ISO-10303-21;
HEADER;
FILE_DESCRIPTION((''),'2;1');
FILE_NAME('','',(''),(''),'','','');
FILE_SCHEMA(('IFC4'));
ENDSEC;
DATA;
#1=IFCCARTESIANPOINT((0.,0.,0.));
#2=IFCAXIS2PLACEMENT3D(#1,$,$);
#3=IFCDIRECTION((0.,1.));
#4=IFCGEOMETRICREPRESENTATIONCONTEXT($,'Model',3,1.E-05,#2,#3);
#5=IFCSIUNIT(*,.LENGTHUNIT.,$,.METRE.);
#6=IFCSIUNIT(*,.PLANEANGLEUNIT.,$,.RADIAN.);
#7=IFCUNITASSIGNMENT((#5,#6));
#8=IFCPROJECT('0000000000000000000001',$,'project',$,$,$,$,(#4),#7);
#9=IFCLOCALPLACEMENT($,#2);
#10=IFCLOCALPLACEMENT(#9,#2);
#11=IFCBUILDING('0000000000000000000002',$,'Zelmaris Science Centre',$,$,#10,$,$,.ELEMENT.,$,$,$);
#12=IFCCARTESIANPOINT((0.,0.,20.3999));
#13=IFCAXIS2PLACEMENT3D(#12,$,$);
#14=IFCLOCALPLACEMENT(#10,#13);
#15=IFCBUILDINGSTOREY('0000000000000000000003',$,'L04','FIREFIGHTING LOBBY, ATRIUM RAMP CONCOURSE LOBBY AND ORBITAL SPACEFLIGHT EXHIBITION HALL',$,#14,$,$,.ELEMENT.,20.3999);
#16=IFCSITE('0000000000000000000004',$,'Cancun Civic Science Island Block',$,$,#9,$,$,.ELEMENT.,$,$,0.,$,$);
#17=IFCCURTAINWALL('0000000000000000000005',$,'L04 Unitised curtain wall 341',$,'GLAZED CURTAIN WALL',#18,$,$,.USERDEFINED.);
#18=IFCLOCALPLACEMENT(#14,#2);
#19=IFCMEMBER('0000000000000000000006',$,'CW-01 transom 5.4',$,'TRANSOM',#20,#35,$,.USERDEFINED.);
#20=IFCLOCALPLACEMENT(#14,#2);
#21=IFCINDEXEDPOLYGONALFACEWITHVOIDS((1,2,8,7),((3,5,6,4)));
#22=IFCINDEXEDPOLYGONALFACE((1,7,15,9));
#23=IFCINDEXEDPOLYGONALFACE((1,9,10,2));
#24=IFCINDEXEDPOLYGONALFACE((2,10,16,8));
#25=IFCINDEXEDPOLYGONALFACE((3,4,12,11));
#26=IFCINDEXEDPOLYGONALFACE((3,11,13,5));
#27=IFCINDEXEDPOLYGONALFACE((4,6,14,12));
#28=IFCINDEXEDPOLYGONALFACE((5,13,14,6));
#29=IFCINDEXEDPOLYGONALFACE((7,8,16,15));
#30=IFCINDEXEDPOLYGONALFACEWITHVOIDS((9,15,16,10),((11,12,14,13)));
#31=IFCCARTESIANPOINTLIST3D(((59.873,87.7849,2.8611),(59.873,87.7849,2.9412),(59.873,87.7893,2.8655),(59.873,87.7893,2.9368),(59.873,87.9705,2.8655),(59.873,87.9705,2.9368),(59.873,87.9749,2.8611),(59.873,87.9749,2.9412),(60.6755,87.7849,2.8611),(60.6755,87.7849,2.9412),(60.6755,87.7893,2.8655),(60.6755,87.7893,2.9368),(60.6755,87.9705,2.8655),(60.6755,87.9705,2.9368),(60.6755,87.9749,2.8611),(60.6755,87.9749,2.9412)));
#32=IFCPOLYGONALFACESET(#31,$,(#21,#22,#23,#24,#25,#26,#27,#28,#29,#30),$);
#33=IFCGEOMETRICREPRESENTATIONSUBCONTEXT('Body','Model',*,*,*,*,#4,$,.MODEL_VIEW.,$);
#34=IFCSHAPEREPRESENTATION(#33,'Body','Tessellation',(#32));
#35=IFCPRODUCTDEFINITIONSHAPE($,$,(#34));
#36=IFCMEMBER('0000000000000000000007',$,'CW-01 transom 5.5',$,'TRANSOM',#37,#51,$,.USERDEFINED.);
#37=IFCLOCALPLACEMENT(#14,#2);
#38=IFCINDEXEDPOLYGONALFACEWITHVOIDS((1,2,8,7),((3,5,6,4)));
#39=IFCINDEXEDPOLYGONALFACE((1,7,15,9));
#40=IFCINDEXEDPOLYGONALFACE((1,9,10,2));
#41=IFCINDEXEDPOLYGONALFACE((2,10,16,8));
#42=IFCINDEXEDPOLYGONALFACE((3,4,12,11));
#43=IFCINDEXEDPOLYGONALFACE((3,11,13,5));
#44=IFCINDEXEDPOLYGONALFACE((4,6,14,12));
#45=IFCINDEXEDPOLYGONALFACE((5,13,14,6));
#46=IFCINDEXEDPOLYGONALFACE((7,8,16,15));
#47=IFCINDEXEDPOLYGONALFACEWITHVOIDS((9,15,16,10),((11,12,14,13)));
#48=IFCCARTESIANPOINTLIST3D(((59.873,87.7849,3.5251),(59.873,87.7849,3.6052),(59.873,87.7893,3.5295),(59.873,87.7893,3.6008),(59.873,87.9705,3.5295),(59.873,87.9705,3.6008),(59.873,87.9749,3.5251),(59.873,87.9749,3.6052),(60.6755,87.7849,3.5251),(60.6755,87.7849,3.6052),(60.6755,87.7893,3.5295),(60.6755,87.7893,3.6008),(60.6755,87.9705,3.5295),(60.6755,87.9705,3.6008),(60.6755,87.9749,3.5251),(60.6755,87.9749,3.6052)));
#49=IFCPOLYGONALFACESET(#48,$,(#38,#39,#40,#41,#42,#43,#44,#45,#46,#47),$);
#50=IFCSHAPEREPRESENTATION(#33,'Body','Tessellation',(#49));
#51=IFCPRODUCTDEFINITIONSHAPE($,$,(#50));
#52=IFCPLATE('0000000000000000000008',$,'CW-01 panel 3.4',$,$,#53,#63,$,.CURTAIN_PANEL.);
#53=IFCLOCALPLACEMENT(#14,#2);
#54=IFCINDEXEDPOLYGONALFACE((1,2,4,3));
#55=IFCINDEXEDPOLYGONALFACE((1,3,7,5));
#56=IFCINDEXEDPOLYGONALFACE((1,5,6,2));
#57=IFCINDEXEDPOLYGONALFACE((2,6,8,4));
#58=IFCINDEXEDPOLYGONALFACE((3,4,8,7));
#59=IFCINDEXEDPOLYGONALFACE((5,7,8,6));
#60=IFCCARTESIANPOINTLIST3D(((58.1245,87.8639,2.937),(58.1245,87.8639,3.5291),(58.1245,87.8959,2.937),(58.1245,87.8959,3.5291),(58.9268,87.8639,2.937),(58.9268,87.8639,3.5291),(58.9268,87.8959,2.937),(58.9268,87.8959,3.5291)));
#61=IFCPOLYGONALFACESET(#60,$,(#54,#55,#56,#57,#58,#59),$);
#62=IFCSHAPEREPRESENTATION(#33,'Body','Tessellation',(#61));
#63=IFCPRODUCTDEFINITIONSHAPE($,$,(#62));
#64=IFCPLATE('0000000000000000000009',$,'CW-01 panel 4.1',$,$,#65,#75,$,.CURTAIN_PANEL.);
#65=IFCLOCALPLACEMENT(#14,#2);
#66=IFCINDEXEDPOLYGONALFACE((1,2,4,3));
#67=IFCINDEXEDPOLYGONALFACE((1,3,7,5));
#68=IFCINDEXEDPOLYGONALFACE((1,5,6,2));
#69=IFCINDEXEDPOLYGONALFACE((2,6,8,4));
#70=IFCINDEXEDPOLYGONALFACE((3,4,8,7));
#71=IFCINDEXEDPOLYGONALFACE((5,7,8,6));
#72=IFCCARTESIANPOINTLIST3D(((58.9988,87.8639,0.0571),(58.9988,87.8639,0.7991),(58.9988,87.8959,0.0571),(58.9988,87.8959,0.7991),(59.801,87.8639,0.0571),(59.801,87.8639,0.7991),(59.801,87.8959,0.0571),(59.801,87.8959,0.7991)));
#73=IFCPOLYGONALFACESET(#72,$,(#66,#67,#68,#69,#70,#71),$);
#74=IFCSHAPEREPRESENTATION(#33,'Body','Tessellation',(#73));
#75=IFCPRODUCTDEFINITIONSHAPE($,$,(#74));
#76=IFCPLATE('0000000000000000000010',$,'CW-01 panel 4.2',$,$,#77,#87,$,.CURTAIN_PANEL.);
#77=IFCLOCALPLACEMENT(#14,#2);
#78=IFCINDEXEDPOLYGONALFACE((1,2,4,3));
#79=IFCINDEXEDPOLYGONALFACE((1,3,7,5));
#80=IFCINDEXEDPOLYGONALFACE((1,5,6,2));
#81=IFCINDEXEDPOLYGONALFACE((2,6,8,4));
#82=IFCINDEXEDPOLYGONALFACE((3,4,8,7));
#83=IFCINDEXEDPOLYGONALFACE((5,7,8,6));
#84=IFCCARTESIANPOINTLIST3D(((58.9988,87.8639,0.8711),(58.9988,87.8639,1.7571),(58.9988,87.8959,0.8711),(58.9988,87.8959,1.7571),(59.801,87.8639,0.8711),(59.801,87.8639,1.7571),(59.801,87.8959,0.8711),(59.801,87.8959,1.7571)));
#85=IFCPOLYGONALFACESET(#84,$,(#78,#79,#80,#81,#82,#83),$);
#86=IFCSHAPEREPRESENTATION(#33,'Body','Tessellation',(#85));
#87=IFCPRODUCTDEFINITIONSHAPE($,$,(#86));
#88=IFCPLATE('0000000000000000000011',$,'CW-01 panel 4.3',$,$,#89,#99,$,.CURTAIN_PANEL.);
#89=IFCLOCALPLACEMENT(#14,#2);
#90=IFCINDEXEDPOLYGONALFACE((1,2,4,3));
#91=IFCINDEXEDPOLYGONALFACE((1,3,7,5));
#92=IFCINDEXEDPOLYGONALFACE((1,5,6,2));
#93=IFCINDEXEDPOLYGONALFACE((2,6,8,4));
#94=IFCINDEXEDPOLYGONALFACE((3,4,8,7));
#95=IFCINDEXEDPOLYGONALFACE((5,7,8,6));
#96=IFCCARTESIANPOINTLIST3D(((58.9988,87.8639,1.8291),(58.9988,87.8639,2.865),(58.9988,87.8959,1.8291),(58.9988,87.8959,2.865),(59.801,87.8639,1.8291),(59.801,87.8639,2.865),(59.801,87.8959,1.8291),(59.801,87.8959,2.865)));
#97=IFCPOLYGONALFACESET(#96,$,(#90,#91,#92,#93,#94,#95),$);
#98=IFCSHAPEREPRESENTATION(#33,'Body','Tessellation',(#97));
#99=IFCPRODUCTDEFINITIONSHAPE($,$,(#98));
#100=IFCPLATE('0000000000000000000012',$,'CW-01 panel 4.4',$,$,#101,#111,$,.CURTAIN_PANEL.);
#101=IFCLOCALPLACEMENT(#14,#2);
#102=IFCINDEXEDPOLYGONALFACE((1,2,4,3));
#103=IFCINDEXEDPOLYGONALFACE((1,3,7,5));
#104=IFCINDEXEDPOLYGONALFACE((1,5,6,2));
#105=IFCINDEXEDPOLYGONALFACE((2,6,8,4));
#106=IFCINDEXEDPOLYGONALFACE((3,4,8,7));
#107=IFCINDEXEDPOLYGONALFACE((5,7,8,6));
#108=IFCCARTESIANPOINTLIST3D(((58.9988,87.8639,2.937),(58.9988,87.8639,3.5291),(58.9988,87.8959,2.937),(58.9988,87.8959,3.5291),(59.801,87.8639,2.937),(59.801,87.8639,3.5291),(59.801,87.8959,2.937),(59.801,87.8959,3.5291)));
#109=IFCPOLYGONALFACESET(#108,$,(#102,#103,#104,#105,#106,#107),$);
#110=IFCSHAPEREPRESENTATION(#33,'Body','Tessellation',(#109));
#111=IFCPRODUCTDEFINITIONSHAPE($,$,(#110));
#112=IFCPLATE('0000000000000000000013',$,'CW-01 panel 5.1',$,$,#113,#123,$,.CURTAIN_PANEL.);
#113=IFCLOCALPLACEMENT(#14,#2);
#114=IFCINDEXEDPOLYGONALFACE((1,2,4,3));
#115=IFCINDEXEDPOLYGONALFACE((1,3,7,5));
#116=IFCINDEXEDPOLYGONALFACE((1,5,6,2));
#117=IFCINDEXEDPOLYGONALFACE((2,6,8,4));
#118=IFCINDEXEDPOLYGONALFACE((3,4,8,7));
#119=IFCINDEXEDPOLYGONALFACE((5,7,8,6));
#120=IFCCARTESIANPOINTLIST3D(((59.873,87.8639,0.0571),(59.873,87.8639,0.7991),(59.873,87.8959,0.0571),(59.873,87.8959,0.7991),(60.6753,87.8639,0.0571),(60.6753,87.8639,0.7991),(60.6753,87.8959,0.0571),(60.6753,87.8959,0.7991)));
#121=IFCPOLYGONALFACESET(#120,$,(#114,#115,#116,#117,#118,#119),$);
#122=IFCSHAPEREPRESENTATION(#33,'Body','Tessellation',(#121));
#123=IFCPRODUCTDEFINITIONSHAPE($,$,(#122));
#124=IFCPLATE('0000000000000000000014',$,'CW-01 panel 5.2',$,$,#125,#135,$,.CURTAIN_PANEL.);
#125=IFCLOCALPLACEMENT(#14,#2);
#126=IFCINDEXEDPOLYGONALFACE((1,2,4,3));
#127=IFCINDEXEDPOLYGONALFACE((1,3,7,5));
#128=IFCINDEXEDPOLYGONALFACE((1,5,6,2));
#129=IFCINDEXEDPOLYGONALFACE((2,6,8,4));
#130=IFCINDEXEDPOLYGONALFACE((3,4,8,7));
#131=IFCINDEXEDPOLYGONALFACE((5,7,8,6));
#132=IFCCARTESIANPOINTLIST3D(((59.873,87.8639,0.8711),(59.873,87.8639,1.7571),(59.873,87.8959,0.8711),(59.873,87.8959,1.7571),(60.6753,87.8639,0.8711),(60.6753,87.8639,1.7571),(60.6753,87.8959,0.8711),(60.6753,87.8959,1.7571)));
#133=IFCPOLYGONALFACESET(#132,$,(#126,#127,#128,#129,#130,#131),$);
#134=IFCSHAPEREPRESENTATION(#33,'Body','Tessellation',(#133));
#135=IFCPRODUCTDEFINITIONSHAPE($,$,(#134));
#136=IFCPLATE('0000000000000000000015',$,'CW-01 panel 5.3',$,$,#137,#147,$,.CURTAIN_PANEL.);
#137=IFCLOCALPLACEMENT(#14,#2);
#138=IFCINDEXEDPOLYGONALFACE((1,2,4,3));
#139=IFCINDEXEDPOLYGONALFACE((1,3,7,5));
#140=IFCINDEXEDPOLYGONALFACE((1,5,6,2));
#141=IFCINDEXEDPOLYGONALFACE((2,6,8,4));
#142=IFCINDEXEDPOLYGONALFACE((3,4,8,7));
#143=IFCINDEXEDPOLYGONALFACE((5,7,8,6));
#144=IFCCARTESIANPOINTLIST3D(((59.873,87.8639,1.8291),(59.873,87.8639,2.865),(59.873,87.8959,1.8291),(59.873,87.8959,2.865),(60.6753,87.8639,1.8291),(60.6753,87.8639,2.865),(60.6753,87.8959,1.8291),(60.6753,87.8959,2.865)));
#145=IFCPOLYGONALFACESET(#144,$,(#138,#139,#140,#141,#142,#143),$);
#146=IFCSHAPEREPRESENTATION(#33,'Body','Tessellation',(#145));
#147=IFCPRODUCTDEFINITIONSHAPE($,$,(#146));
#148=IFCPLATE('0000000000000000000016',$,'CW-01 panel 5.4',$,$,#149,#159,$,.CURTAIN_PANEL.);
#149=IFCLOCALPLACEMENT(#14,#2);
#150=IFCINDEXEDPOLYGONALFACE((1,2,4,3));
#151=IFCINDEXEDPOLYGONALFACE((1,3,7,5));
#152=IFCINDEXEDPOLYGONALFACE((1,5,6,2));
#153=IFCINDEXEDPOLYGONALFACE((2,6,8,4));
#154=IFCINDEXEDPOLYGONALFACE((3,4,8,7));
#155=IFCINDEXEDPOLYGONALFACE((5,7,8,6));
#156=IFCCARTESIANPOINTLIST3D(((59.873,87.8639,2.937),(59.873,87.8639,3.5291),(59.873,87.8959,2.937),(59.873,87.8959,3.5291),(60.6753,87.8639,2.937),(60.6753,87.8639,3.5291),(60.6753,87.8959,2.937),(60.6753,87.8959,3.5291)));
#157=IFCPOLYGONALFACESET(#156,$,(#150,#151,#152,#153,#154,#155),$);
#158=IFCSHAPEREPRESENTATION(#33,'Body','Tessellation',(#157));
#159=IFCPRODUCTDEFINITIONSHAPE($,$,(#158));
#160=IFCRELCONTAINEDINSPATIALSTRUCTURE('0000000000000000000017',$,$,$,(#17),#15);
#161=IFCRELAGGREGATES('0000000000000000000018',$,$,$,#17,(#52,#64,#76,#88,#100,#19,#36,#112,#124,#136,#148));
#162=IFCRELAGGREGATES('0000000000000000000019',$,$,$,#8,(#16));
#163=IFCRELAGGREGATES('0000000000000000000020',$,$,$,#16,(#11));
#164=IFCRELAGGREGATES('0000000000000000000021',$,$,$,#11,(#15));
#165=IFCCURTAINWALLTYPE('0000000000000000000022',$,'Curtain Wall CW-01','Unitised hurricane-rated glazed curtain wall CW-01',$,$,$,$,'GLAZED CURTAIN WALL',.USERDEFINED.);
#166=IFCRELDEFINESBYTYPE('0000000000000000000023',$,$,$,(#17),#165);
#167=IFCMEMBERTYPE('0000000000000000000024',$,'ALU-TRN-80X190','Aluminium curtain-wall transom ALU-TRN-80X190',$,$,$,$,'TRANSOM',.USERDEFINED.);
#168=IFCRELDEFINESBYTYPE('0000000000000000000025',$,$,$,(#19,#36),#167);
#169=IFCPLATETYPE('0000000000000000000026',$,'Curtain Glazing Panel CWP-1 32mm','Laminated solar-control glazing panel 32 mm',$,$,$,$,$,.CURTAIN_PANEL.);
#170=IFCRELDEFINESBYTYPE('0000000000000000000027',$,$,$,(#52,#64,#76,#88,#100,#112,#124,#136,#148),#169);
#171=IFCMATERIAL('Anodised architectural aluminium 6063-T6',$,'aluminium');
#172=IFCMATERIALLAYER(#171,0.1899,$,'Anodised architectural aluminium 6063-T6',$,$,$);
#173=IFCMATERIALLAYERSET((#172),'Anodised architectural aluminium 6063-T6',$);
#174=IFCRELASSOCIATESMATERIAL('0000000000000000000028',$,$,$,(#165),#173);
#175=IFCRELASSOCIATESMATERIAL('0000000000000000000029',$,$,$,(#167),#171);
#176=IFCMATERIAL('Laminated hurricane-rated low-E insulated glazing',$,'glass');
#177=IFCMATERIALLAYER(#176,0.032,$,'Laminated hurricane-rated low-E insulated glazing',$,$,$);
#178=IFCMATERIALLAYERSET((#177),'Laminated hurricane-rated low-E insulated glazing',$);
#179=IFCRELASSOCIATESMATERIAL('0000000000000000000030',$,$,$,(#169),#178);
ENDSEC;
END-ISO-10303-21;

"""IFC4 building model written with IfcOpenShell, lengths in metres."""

from ifc_helpers import new_model, si_unit, direction, frame, origin, origin_2d, place, context, subcontext, project, spatial, rectangle, hollow_rectangle, extrude, material, layer, layer_set, material_profile, profile_set, type_object, element, aggregate, save


model = new_model("IFC4")

# Units and contexts
model_context = context("Model", 3, precision=1e-05, world=origin(), true_north=direction((0.0, 1.0)))
body_context = subcontext(model_context, "Body", "Model", "MODEL_VIEW")
ifc_project = project(units=[si_unit("LENGTHUNIT", "METRE"), si_unit("PLANEANGLEUNIT", "RADIAN")], contexts=[model_context])

# Site, building, storey
site_placement = place(None, origin())
site = spatial("IfcSite", under=ifc_project, at=site_placement, Name="Cancun Civic Science Island Block", CompositionType="ELEMENT", RefElevation=0.0)
building_placement = place(site_placement, origin())
building = spatial("IfcBuilding", under=site, at=building_placement, Name="Zelmaris Science Centre", CompositionType="ELEMENT")
storey_placement = place(building_placement, frame((0.0, 0.0, 20.3999)))
storey = spatial("IfcBuildingStorey", under=building, at=storey_placement, Name="L04", Description="FIREFIGHTING LOBBY, ATRIUM RAMP CONCOURSE LOBBY AND ORBITAL SPACEFLIGHT EXHIBITION HALL", CompositionType="ELEMENT", Elevation=20.3999)

# Curtain wall, members, plates
ifc_material_1 = material(Name="Anodised architectural aluminium 6063-T6", Category="aluminium")
ifc_layer_1 = layer(ifc_material_1, 0.1899, Name="Anodised architectural aluminium 6063-T6")
ifc_layer_set_1 = layer_set([ifc_layer_1], Name="Anodised architectural aluminium 6063-T6")
curtain_wall_type = type_object("IfcCurtainWallType", Name="Curtain Wall CW-01", Description="Unitised hurricane-rated glazed curtain wall CW-01", ElementType="GLAZED CURTAIN WALL", PredefinedType="USERDEFINED", material=ifc_layer_set_1)
curtain_wall_placement = place(storey_placement, origin())
curtain_wall = element("IfcCurtainWall", 1, at=curtain_wall_placement, inside=storey, type_object=curtain_wall_type, Name="L04 Unitised curtain wall 341", ObjectType="GLAZED CURTAIN WALL", PredefinedType="USERDEFINED")
ifc_material_profile_1 = material_profile(ifc_material_1, hollow_rectangle(XDim=0.0801, YDim=0.1899, WallThickness=0.0044, at=origin_2d()), Name="ALU-TRN-80X190")
ifc_profile_set_1 = profile_set([ifc_material_profile_1], Name="Anodised architectural aluminium 6063-T6")
member_type_1 = type_object("IfcMemberType", Name="ALU-TRN-80X190", Description="Aluminium curtain-wall transom ALU-TRN-80X190", ElementType="TRANSOM", PredefinedType="USERDEFINED", material=ifc_profile_set_1)
member_1_placement = place(storey_placement, frame((59.873, 87.8799, 2.9011), z_axis=(1.0, 0.0, 0.0), x_axis=(0.0, 0.0, 1.0)))
member_1 = element("IfcMember", 2, at=member_1_placement, type_object=member_type_1, Name="CW-01 transom 5.4", ObjectType="TRANSOM", PredefinedType="USERDEFINED", context=body_context, shape_type="SweptSolid", body=[
    extrude(hollow_rectangle(XDim=0.0801, YDim=0.1899, WallThickness=0.0044, at=origin_2d()), origin(), (0.0, 0.0, 1.0), 0.8025),
])
member_2_placement = place(storey_placement, frame((59.873, 87.8799, 3.5652), z_axis=(1.0, 0.0, 0.0), x_axis=(0.0, 0.0, 1.0)))
member_2 = element("IfcMember", 3, at=member_2_placement, type_object=member_type_1, Name="CW-01 transom 5.5", ObjectType="TRANSOM", PredefinedType="USERDEFINED", context=body_context, shape_type="SweptSolid", body=[
    extrude(hollow_rectangle(XDim=0.0801, YDim=0.1899, WallThickness=0.0044, at=origin_2d()), origin(), (0.0, 0.0, 1.0), 0.8025),
])
ifc_material_2 = material(Name="Laminated hurricane-rated low-E insulated glazing", Category="glass")
ifc_layer_2 = layer(ifc_material_2, 0.032, Name="Laminated hurricane-rated low-E insulated glazing")
ifc_layer_set_2 = layer_set([ifc_layer_2], Name="Laminated hurricane-rated low-E insulated glazing")
plate_type = type_object("IfcPlateType", Name="Curtain Glazing Panel CWP-1 32mm", Description="Laminated solar-control glazing panel 32 mm", PredefinedType="CURTAIN_PANEL", material=ifc_layer_set_2)
plate_1_placement = place(storey_placement, frame((58.5256, 87.8799, 2.937), z_axis=(0.0, 0.0, 1.0), x_axis=(1.0, 0.0, 0.0)))
plate_1 = element("IfcPlate", 4, at=plate_1_placement, type_object=plate_type, Name="CW-01 panel 3.4", PredefinedType="CURTAIN_PANEL", context=body_context, shape_type="SweptSolid", body=[
    extrude(rectangle(XDim=0.8022, YDim=0.032, at=origin_2d()), origin(), (0.0, 0.0, 1.0), 0.592),
])
plate_2_placement = place(storey_placement, frame((59.3999, 87.8799, 0.0571), z_axis=(0.0, 0.0, 1.0), x_axis=(1.0, 0.0, 0.0)))
plate_2 = element("IfcPlate", 5, at=plate_2_placement, type_object=plate_type, Name="CW-01 panel 4.1", PredefinedType="CURTAIN_PANEL", context=body_context, shape_type="SweptSolid", body=[
    extrude(rectangle(XDim=0.8022, YDim=0.032, at=origin_2d()), origin(), (0.0, 0.0, 1.0), 0.7419),
])
plate_3_placement = place(storey_placement, frame((59.3999, 87.8799, 0.8711), z_axis=(0.0, 0.0, 1.0), x_axis=(1.0, 0.0, 0.0)))
plate_3 = element("IfcPlate", 6, at=plate_3_placement, type_object=plate_type, Name="CW-01 panel 4.2", PredefinedType="CURTAIN_PANEL", context=body_context, shape_type="SweptSolid", body=[
    extrude(rectangle(XDim=0.8022, YDim=0.032, at=origin_2d()), origin(), (0.0, 0.0, 1.0), 0.886),
])
plate_4_placement = place(storey_placement, frame((59.3999, 87.8799, 1.8291), z_axis=(0.0, 0.0, 1.0), x_axis=(1.0, 0.0, 0.0)))
plate_4 = element("IfcPlate", 7, at=plate_4_placement, type_object=plate_type, Name="CW-01 panel 4.3", PredefinedType="CURTAIN_PANEL", context=body_context, shape_type="SweptSolid", body=[
    extrude(rectangle(XDim=0.8022, YDim=0.032, at=origin_2d()), origin(), (0.0, 0.0, 1.0), 1.0359),
])
plate_5_placement = place(storey_placement, frame((59.3999, 87.8799, 2.937), z_axis=(0.0, 0.0, 1.0), x_axis=(1.0, 0.0, 0.0)))
plate_5 = element("IfcPlate", 8, at=plate_5_placement, type_object=plate_type, Name="CW-01 panel 4.4", PredefinedType="CURTAIN_PANEL", context=body_context, shape_type="SweptSolid", body=[
    extrude(rectangle(XDim=0.8022, YDim=0.032, at=origin_2d()), origin(), (0.0, 0.0, 1.0), 0.592),
])
plate_6_placement = place(storey_placement, frame((60.2742, 87.8799, 0.0571), z_axis=(0.0, 0.0, 1.0), x_axis=(1.0, 0.0, 0.0)))
plate_6 = element("IfcPlate", 9, at=plate_6_placement, type_object=plate_type, Name="CW-01 panel 5.1", PredefinedType="CURTAIN_PANEL", context=body_context, shape_type="SweptSolid", body=[
    extrude(rectangle(XDim=0.8022, YDim=0.032, at=origin_2d()), origin(), (0.0, 0.0, 1.0), 0.7419),
])
plate_7_placement = place(storey_placement, frame((60.2742, 87.8799, 0.8711), z_axis=(0.0, 0.0, 1.0), x_axis=(1.0, 0.0, 0.0)))
plate_7 = element("IfcPlate", 10, at=plate_7_placement, type_object=plate_type, Name="CW-01 panel 5.2", PredefinedType="CURTAIN_PANEL", context=body_context, shape_type="SweptSolid", body=[
    extrude(rectangle(XDim=0.8022, YDim=0.032, at=origin_2d()), origin(), (0.0, 0.0, 1.0), 0.886),
])
plate_8_placement = place(storey_placement, frame((60.2742, 87.8799, 1.8291), z_axis=(0.0, 0.0, 1.0), x_axis=(1.0, 0.0, 0.0)))
plate_8 = element("IfcPlate", 11, at=plate_8_placement, type_object=plate_type, Name="CW-01 panel 5.3", PredefinedType="CURTAIN_PANEL", context=body_context, shape_type="SweptSolid", body=[
    extrude(rectangle(XDim=0.8022, YDim=0.032, at=origin_2d()), origin(), (0.0, 0.0, 1.0), 1.0359),
])
plate_9_placement = place(storey_placement, frame((60.2742, 87.8799, 2.937), z_axis=(0.0, 0.0, 1.0), x_axis=(1.0, 0.0, 0.0)))
plate_9 = element("IfcPlate", 12, at=plate_9_placement, type_object=plate_type, Name="CW-01 panel 5.4", PredefinedType="CURTAIN_PANEL", context=body_context, shape_type="SweptSolid", body=[
    extrude(rectangle(XDim=0.8022, YDim=0.032, at=origin_2d()), origin(), (0.0, 0.0, 1.0), 0.592),
])
aggregate(curtain_wall, [plate_1, plate_2, plate_3, plate_4, plate_5, member_1, member_2, plate_6, plate_7, plate_8, plate_9])

save(model, "model.ifc")
